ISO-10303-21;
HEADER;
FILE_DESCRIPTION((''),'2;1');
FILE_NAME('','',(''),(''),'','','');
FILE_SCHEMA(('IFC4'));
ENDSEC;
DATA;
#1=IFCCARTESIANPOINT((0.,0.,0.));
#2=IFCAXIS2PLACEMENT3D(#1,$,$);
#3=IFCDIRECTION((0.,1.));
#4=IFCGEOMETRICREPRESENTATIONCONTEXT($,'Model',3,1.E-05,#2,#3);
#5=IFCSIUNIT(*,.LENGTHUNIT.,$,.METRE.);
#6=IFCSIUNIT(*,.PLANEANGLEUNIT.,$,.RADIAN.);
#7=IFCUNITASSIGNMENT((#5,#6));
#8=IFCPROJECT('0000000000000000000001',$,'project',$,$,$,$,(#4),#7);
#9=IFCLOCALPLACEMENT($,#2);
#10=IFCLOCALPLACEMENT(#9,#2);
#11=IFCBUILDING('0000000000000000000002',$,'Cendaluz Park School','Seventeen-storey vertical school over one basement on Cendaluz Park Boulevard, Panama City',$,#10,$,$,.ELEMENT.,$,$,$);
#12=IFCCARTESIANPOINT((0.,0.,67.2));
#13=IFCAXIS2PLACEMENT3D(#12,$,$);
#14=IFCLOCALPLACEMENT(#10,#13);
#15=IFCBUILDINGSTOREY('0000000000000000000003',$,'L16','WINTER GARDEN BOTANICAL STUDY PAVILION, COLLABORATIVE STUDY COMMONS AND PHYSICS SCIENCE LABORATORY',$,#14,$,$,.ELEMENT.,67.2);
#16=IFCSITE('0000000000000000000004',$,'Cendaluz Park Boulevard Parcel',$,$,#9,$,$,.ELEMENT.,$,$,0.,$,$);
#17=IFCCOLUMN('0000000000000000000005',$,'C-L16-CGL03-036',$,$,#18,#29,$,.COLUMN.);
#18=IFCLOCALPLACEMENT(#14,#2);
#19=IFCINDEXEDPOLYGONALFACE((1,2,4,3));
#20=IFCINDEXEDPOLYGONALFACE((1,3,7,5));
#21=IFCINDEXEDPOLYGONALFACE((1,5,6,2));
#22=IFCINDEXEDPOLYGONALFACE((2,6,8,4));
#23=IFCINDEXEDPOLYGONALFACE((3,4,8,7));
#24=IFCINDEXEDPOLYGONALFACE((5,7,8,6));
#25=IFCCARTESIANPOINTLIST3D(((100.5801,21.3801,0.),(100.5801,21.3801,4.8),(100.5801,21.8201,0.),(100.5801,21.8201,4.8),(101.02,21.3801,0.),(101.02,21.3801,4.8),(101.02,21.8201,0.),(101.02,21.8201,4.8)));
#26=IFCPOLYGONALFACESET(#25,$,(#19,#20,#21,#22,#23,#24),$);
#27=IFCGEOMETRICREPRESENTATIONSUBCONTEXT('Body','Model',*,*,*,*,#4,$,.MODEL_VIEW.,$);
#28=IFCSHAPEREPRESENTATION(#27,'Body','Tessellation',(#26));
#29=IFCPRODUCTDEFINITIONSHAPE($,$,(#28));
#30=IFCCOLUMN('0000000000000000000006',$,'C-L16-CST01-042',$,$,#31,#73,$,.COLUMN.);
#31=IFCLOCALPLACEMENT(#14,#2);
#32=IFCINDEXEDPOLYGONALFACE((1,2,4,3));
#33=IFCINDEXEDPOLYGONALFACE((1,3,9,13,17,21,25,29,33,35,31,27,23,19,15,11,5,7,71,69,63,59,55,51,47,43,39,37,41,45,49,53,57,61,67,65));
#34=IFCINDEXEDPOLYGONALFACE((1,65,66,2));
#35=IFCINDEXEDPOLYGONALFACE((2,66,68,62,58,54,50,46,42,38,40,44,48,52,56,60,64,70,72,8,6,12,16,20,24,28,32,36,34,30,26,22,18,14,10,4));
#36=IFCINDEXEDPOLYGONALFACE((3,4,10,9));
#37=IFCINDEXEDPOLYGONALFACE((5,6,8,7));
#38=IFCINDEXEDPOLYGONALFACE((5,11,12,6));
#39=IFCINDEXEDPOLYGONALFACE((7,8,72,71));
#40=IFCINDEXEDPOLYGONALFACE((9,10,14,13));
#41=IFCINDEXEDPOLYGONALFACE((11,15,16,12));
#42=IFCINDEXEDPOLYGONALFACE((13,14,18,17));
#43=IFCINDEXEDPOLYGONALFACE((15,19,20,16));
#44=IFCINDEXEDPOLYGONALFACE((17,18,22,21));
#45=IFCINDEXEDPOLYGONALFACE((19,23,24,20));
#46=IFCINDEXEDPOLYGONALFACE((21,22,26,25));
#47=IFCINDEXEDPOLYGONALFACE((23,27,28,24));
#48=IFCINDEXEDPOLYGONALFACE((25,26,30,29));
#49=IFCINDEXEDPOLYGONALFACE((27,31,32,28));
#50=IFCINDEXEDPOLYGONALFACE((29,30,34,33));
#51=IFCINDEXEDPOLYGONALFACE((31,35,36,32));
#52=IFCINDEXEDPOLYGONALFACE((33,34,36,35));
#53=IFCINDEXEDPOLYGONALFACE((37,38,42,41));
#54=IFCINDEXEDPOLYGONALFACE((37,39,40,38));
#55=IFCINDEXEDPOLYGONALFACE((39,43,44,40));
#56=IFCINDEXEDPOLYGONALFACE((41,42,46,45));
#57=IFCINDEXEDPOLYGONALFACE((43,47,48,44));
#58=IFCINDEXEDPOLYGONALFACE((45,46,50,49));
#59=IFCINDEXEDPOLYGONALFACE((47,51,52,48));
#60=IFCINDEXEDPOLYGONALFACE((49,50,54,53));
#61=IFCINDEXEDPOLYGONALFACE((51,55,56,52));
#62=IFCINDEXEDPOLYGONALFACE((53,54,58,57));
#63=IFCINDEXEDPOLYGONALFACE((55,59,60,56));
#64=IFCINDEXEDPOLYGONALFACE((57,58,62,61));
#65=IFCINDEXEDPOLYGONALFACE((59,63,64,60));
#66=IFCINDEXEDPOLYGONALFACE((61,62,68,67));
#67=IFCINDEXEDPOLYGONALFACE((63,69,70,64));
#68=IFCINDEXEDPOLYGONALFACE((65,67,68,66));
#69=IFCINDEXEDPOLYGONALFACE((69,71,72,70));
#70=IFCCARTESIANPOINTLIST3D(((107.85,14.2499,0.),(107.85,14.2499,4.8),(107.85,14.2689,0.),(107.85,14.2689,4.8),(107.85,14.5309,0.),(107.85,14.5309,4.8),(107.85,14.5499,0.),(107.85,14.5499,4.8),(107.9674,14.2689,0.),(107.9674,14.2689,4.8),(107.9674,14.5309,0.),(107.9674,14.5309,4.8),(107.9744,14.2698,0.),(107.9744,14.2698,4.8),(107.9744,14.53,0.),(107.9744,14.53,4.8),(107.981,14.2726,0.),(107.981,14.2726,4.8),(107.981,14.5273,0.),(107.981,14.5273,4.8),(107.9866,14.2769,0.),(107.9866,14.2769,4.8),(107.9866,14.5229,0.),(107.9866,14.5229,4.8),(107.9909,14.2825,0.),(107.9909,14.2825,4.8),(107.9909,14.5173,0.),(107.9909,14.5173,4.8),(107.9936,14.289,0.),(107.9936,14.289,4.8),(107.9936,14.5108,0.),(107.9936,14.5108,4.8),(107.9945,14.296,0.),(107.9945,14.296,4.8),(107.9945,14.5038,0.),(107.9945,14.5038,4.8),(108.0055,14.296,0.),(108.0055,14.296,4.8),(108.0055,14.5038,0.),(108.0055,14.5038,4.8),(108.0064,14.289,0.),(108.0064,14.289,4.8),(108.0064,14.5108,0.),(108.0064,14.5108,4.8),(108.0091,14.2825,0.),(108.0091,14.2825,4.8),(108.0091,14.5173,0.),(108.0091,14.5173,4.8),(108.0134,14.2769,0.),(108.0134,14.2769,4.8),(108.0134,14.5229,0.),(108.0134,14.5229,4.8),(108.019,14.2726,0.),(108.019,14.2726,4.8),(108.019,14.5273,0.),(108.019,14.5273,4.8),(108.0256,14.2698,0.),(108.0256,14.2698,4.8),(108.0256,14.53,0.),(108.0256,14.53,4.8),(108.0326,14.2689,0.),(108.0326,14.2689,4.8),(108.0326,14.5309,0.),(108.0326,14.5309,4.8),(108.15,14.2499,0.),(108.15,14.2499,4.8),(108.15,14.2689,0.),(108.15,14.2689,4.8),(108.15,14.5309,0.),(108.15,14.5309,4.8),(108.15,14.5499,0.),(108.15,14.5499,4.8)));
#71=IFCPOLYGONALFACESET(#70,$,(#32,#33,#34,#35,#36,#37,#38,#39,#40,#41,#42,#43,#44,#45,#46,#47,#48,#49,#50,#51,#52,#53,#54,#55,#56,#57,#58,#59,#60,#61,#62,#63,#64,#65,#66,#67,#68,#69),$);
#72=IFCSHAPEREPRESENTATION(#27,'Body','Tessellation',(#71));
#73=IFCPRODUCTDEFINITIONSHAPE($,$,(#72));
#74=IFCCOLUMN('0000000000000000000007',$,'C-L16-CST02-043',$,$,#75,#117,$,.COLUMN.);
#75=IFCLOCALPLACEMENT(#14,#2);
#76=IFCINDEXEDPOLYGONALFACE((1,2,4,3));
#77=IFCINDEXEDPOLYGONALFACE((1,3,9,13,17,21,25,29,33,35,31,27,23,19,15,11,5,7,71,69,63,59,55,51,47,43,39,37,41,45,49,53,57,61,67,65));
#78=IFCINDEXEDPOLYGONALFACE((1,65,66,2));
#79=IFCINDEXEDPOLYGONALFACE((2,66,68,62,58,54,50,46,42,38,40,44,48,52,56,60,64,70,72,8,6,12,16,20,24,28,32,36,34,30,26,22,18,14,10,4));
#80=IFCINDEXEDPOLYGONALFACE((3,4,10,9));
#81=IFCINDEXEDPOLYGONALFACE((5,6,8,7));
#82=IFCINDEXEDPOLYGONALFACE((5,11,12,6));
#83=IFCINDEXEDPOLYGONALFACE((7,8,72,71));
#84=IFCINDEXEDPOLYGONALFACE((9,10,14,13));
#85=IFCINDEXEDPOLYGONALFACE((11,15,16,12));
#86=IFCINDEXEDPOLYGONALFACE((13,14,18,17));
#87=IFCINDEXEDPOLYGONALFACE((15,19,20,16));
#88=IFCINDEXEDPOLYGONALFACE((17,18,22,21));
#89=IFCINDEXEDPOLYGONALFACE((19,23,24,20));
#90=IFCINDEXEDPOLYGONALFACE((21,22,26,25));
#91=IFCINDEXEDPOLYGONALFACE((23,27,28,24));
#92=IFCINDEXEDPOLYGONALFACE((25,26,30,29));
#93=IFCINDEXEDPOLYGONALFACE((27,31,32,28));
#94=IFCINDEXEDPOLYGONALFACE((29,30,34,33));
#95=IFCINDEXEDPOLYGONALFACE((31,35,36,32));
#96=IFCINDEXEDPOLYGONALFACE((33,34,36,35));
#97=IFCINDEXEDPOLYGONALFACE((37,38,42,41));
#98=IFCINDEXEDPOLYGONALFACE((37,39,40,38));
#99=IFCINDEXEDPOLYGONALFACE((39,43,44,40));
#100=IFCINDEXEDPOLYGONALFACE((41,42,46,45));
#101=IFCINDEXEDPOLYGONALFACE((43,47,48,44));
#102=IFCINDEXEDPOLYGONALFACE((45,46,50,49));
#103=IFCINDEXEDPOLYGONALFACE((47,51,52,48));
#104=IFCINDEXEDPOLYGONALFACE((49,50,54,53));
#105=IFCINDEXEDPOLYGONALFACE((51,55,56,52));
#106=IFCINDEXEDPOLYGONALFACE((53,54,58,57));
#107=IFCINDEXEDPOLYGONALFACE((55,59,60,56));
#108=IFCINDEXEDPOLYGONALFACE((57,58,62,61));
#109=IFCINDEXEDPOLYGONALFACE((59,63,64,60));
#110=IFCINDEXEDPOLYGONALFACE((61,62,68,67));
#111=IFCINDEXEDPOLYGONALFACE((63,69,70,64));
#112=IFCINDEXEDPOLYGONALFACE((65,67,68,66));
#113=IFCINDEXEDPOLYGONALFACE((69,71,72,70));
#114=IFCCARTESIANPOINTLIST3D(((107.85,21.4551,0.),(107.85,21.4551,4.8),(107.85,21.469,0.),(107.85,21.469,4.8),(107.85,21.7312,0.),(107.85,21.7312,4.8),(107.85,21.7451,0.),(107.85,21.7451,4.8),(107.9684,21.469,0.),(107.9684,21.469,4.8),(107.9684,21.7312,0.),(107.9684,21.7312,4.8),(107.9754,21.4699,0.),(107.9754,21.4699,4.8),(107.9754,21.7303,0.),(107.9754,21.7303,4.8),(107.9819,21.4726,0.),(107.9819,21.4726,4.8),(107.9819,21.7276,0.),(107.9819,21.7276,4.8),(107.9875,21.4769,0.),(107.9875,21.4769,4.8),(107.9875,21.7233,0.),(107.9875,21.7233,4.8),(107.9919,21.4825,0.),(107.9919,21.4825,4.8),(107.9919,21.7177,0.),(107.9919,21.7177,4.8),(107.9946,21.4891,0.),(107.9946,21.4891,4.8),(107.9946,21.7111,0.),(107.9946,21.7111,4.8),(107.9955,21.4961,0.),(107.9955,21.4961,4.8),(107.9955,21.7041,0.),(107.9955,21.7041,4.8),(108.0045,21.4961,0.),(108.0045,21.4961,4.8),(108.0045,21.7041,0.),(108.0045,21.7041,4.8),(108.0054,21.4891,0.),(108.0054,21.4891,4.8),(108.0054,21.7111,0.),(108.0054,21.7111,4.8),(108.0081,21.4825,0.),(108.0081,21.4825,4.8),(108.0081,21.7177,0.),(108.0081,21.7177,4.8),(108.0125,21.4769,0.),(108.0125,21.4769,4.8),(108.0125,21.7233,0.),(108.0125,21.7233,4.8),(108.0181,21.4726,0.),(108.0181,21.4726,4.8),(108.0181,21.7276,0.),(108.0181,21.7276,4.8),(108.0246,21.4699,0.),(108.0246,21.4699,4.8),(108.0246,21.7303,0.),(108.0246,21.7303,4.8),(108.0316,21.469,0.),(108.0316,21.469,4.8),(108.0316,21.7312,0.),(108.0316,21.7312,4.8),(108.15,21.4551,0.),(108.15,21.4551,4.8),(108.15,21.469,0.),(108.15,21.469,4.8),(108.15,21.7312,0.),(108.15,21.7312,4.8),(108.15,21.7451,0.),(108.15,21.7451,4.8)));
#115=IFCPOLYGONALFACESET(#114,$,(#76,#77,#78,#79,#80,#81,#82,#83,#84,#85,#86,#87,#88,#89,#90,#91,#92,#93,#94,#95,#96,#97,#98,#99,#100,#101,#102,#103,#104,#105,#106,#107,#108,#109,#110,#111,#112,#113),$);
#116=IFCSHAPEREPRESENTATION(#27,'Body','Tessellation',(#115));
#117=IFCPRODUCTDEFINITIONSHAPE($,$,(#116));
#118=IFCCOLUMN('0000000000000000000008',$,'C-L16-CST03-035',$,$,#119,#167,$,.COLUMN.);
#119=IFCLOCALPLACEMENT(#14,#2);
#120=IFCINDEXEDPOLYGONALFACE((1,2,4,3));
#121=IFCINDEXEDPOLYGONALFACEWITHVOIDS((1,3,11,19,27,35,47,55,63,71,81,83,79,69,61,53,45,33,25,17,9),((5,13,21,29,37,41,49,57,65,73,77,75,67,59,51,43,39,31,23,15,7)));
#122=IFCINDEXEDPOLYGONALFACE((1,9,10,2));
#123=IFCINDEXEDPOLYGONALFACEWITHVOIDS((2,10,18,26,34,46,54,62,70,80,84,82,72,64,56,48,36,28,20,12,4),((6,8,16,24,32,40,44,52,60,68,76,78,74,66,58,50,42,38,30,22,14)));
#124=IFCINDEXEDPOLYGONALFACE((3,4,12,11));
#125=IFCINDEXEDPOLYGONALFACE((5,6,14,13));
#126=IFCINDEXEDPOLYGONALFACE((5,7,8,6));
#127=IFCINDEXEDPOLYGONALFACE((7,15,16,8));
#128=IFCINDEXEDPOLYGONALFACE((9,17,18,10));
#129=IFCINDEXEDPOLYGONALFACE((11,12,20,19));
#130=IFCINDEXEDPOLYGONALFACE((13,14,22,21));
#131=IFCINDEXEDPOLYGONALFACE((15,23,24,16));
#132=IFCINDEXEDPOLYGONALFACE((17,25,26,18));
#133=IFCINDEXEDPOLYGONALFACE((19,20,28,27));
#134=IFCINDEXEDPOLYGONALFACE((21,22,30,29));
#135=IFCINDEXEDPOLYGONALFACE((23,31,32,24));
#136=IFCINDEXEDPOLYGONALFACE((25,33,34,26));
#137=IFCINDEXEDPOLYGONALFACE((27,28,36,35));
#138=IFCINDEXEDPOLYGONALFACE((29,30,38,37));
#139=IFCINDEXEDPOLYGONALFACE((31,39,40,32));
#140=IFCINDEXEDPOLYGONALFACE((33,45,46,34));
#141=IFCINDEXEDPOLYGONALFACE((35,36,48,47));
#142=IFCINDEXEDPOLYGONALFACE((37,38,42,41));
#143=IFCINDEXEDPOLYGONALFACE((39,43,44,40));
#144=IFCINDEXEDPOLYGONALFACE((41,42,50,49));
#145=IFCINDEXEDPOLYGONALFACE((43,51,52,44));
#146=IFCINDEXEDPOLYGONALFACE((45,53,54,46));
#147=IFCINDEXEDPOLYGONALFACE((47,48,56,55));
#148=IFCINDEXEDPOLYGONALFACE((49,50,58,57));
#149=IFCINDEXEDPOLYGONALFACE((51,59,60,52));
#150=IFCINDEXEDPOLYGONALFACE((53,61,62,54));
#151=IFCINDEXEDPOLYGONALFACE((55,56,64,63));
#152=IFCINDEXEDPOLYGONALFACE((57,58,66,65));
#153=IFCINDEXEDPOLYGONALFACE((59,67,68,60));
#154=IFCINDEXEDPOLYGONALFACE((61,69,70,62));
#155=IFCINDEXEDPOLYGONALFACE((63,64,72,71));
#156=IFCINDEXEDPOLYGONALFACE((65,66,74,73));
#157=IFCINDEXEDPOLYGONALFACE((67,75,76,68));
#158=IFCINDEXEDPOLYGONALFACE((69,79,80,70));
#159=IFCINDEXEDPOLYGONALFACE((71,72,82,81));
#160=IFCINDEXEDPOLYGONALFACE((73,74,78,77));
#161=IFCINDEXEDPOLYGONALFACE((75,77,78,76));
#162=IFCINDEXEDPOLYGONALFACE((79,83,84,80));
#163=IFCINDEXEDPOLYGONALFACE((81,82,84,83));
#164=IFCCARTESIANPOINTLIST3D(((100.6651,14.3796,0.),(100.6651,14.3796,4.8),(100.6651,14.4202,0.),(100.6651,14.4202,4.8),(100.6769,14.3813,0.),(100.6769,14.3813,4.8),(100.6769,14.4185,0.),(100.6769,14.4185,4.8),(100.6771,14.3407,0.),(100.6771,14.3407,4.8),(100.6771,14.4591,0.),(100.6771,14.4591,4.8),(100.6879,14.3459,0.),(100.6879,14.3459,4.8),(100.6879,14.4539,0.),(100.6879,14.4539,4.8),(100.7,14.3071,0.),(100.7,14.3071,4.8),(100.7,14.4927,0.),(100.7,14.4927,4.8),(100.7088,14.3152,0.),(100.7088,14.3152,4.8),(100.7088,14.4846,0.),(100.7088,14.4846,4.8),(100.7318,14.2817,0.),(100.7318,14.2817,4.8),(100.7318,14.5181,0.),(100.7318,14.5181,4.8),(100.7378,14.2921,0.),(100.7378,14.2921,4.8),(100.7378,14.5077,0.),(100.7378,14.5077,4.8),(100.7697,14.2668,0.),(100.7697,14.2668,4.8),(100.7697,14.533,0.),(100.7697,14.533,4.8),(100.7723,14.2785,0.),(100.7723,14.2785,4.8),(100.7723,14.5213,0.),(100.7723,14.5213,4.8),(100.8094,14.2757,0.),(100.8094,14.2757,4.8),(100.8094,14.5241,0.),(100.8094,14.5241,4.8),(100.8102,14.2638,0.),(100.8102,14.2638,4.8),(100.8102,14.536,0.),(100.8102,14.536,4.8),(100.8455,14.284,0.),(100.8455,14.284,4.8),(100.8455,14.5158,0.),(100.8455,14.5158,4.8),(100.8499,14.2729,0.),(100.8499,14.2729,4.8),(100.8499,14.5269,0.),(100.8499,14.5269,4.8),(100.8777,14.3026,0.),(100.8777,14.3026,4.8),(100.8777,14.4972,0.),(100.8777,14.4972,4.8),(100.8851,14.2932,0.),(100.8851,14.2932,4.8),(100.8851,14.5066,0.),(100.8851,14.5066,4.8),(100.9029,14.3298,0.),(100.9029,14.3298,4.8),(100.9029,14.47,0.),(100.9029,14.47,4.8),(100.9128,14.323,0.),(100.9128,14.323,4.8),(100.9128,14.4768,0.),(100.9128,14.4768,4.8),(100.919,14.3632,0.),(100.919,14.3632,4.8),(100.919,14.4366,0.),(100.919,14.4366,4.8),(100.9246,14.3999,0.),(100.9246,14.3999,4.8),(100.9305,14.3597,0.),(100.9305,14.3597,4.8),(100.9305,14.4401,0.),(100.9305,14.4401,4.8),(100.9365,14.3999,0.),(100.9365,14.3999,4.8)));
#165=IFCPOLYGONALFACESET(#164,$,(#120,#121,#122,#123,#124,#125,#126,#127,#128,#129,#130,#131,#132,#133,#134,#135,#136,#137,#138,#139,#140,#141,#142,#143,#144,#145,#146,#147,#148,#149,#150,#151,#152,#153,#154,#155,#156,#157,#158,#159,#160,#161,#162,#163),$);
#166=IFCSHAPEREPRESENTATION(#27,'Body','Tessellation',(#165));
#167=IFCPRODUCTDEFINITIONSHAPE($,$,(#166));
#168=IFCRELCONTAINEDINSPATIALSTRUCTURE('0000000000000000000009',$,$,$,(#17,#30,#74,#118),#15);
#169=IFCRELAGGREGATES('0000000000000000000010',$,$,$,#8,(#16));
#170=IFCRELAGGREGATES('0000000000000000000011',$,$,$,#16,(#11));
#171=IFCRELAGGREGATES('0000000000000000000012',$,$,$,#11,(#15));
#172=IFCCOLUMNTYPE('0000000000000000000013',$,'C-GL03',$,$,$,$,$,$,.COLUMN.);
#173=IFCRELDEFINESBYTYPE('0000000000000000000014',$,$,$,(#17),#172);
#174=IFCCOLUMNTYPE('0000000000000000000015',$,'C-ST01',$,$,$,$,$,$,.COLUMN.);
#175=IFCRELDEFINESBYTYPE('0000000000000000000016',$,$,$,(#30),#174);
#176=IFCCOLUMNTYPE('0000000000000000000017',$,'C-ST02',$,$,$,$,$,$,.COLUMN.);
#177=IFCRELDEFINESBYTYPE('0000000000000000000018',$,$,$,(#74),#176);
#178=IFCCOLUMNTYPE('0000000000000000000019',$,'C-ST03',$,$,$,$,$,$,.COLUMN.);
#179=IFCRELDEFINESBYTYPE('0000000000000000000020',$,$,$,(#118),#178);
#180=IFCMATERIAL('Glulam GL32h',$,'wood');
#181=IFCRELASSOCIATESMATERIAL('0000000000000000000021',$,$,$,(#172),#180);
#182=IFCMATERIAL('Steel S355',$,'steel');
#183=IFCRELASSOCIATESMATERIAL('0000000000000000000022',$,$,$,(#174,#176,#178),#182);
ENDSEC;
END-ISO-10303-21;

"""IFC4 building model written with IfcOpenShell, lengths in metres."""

from ifc_helpers import new_model, si_unit, direction, frame, origin, origin_2d, place, context, subcontext, project, spatial, rectangle, hollow_circle, i_section, extrude, material, material_profile, profile_set, type_object, element, save


model = new_model("IFC4")

# Units and contexts
model_context = context("Model", 3, precision=1e-05, world=origin(), true_north=direction((0.0, 1.0)))
body_context = subcontext(model_context, "Body", "Model", "MODEL_VIEW")
ifc_project = project(units=[si_unit("LENGTHUNIT", "METRE"), si_unit("PLANEANGLEUNIT", "RADIAN")], contexts=[model_context])

# Site, building, storey
site_placement = place(None, origin())
site = spatial("IfcSite", under=ifc_project, at=site_placement, Name="Cendaluz Park Boulevard Parcel", CompositionType="ELEMENT", RefElevation=0.0)
building_placement = place(site_placement, origin())
building = spatial("IfcBuilding", under=site, at=building_placement, Name="Cendaluz Park School", Description="Seventeen-storey vertical school over one basement on Cendaluz Park Boulevard, Panama City", CompositionType="ELEMENT")
storey_placement = place(building_placement, frame((0.0, 0.0, 67.2)))
storey = spatial("IfcBuildingStorey", under=building, at=storey_placement, Name="L16", Description="WINTER GARDEN BOTANICAL STUDY PAVILION, COLLABORATIVE STUDY COMMONS AND PHYSICS SCIENCE LABORATORY", CompositionType="ELEMENT", Elevation=67.2)

# Columns
ifc_material_1 = material(Name="Glulam GL32h", Category="wood")
ifc_material_profile_1 = material_profile(ifc_material_1, rectangle(XDim=0.4399, YDim=0.4399, at=origin_2d()), Name="GL32h 440x440", Category="wood")
ifc_profile_set_1 = profile_set([ifc_material_profile_1], Name="Glulam GL32h")
column_type_1 = type_object("IfcColumnType", Name="C-GL03", PredefinedType="COLUMN", material=ifc_profile_set_1)
column_1_placement = place(storey_placement, frame((100.8, 21.6001, 0.0), z_axis=(0.0, 0.0, 1.0), x_axis=(1.0, 0.0, 0.0)))
element("IfcColumn", 1, at=column_1_placement, inside=storey, type_object=column_type_1, Name="C-L16-CGL03-036", PredefinedType="COLUMN", context=body_context, shape_type="SweptSolid", body=[
    extrude(rectangle(XDim=0.4399, YDim=0.4399, at=origin_2d()), origin(), (0.0, 0.0, 1.0), 4.8),
])
ifc_material_2 = material(Name="Steel S355", Category="steel")
ifc_material_profile_2 = material_profile(ifc_material_2, i_section(OverallWidth=0.3, OverallDepth=0.3, WebThickness=0.011, FlangeThickness=0.019, FilletRadius=0.0271, at=origin_2d()), Name="HEB 300", Category="steel")
ifc_profile_set_2 = profile_set([ifc_material_profile_2], Name="Steel S355")
column_type_2 = type_object("IfcColumnType", Name="C-ST01", PredefinedType="COLUMN", material=ifc_profile_set_2)
column_2_placement = place(storey_placement, frame((108.0, 14.3999, 0.0), z_axis=(0.0, 0.0, 1.0), x_axis=(1.0, 0.0, 0.0)))
element("IfcColumn", 2, at=column_2_placement, inside=storey, type_object=column_type_2, Name="C-L16-CST01-042", PredefinedType="COLUMN", context=body_context, shape_type="SweptSolid", body=[
    extrude(i_section(OverallWidth=0.3, OverallDepth=0.3, WebThickness=0.011, FlangeThickness=0.019, FilletRadius=0.0271, at=origin_2d()), origin(), (0.0, 0.0, 1.0), 4.8),
])
ifc_material_profile_3 = material_profile(ifc_material_2, i_section(OverallWidth=0.3, OverallDepth=0.29, WebThickness=0.009, FlangeThickness=0.0139, FilletRadius=0.0271, at=origin_2d()), Name="HEA 300", Category="steel")
ifc_profile_set_3 = profile_set([ifc_material_profile_3], Name="Steel S355")
column_type_3 = type_object("IfcColumnType", Name="C-ST02", PredefinedType="COLUMN", material=ifc_profile_set_3)
column_3_placement = place(storey_placement, frame((108.0, 21.6001, 0.0), z_axis=(0.0, 0.0, 1.0), x_axis=(1.0, 0.0, 0.0)))
element("IfcColumn", 3, at=column_3_placement, inside=storey, type_object=column_type_3, Name="C-L16-CST02-043", PredefinedType="COLUMN", context=body_context, shape_type="SweptSolid", body=[
    extrude(i_section(OverallWidth=0.3, OverallDepth=0.29, WebThickness=0.009, FlangeThickness=0.0139, FilletRadius=0.0271, at=origin_2d()), origin(), (0.0, 0.0, 1.0), 4.8),
])
ifc_material_profile_4 = material_profile(ifc_material_2, hollow_circle(Radius=0.1365, WallThickness=0.012, at=origin_2d()), Name="CHS 273x12", Category="steel")
ifc_profile_set_4 = profile_set([ifc_material_profile_4], Name="Steel S355")
column_type_4 = type_object("IfcColumnType", Name="C-ST03", PredefinedType="COLUMN", material=ifc_profile_set_4)
column_4_placement = place(storey_placement, frame((100.8, 14.3999, 0.0), z_axis=(0.0, 0.0, 1.0), x_axis=(1.0, 0.0, 0.0)))
element("IfcColumn", 4, at=column_4_placement, inside=storey, type_object=column_type_4, Name="C-L16-CST03-035", PredefinedType="COLUMN", context=body_context, shape_type="SweptSolid", body=[
    extrude(hollow_circle(Radius=0.1365, WallThickness=0.012, at=origin_2d()), origin(), (0.0, 0.0, 1.0), 4.8),
])

save(model, "model.ifc")
